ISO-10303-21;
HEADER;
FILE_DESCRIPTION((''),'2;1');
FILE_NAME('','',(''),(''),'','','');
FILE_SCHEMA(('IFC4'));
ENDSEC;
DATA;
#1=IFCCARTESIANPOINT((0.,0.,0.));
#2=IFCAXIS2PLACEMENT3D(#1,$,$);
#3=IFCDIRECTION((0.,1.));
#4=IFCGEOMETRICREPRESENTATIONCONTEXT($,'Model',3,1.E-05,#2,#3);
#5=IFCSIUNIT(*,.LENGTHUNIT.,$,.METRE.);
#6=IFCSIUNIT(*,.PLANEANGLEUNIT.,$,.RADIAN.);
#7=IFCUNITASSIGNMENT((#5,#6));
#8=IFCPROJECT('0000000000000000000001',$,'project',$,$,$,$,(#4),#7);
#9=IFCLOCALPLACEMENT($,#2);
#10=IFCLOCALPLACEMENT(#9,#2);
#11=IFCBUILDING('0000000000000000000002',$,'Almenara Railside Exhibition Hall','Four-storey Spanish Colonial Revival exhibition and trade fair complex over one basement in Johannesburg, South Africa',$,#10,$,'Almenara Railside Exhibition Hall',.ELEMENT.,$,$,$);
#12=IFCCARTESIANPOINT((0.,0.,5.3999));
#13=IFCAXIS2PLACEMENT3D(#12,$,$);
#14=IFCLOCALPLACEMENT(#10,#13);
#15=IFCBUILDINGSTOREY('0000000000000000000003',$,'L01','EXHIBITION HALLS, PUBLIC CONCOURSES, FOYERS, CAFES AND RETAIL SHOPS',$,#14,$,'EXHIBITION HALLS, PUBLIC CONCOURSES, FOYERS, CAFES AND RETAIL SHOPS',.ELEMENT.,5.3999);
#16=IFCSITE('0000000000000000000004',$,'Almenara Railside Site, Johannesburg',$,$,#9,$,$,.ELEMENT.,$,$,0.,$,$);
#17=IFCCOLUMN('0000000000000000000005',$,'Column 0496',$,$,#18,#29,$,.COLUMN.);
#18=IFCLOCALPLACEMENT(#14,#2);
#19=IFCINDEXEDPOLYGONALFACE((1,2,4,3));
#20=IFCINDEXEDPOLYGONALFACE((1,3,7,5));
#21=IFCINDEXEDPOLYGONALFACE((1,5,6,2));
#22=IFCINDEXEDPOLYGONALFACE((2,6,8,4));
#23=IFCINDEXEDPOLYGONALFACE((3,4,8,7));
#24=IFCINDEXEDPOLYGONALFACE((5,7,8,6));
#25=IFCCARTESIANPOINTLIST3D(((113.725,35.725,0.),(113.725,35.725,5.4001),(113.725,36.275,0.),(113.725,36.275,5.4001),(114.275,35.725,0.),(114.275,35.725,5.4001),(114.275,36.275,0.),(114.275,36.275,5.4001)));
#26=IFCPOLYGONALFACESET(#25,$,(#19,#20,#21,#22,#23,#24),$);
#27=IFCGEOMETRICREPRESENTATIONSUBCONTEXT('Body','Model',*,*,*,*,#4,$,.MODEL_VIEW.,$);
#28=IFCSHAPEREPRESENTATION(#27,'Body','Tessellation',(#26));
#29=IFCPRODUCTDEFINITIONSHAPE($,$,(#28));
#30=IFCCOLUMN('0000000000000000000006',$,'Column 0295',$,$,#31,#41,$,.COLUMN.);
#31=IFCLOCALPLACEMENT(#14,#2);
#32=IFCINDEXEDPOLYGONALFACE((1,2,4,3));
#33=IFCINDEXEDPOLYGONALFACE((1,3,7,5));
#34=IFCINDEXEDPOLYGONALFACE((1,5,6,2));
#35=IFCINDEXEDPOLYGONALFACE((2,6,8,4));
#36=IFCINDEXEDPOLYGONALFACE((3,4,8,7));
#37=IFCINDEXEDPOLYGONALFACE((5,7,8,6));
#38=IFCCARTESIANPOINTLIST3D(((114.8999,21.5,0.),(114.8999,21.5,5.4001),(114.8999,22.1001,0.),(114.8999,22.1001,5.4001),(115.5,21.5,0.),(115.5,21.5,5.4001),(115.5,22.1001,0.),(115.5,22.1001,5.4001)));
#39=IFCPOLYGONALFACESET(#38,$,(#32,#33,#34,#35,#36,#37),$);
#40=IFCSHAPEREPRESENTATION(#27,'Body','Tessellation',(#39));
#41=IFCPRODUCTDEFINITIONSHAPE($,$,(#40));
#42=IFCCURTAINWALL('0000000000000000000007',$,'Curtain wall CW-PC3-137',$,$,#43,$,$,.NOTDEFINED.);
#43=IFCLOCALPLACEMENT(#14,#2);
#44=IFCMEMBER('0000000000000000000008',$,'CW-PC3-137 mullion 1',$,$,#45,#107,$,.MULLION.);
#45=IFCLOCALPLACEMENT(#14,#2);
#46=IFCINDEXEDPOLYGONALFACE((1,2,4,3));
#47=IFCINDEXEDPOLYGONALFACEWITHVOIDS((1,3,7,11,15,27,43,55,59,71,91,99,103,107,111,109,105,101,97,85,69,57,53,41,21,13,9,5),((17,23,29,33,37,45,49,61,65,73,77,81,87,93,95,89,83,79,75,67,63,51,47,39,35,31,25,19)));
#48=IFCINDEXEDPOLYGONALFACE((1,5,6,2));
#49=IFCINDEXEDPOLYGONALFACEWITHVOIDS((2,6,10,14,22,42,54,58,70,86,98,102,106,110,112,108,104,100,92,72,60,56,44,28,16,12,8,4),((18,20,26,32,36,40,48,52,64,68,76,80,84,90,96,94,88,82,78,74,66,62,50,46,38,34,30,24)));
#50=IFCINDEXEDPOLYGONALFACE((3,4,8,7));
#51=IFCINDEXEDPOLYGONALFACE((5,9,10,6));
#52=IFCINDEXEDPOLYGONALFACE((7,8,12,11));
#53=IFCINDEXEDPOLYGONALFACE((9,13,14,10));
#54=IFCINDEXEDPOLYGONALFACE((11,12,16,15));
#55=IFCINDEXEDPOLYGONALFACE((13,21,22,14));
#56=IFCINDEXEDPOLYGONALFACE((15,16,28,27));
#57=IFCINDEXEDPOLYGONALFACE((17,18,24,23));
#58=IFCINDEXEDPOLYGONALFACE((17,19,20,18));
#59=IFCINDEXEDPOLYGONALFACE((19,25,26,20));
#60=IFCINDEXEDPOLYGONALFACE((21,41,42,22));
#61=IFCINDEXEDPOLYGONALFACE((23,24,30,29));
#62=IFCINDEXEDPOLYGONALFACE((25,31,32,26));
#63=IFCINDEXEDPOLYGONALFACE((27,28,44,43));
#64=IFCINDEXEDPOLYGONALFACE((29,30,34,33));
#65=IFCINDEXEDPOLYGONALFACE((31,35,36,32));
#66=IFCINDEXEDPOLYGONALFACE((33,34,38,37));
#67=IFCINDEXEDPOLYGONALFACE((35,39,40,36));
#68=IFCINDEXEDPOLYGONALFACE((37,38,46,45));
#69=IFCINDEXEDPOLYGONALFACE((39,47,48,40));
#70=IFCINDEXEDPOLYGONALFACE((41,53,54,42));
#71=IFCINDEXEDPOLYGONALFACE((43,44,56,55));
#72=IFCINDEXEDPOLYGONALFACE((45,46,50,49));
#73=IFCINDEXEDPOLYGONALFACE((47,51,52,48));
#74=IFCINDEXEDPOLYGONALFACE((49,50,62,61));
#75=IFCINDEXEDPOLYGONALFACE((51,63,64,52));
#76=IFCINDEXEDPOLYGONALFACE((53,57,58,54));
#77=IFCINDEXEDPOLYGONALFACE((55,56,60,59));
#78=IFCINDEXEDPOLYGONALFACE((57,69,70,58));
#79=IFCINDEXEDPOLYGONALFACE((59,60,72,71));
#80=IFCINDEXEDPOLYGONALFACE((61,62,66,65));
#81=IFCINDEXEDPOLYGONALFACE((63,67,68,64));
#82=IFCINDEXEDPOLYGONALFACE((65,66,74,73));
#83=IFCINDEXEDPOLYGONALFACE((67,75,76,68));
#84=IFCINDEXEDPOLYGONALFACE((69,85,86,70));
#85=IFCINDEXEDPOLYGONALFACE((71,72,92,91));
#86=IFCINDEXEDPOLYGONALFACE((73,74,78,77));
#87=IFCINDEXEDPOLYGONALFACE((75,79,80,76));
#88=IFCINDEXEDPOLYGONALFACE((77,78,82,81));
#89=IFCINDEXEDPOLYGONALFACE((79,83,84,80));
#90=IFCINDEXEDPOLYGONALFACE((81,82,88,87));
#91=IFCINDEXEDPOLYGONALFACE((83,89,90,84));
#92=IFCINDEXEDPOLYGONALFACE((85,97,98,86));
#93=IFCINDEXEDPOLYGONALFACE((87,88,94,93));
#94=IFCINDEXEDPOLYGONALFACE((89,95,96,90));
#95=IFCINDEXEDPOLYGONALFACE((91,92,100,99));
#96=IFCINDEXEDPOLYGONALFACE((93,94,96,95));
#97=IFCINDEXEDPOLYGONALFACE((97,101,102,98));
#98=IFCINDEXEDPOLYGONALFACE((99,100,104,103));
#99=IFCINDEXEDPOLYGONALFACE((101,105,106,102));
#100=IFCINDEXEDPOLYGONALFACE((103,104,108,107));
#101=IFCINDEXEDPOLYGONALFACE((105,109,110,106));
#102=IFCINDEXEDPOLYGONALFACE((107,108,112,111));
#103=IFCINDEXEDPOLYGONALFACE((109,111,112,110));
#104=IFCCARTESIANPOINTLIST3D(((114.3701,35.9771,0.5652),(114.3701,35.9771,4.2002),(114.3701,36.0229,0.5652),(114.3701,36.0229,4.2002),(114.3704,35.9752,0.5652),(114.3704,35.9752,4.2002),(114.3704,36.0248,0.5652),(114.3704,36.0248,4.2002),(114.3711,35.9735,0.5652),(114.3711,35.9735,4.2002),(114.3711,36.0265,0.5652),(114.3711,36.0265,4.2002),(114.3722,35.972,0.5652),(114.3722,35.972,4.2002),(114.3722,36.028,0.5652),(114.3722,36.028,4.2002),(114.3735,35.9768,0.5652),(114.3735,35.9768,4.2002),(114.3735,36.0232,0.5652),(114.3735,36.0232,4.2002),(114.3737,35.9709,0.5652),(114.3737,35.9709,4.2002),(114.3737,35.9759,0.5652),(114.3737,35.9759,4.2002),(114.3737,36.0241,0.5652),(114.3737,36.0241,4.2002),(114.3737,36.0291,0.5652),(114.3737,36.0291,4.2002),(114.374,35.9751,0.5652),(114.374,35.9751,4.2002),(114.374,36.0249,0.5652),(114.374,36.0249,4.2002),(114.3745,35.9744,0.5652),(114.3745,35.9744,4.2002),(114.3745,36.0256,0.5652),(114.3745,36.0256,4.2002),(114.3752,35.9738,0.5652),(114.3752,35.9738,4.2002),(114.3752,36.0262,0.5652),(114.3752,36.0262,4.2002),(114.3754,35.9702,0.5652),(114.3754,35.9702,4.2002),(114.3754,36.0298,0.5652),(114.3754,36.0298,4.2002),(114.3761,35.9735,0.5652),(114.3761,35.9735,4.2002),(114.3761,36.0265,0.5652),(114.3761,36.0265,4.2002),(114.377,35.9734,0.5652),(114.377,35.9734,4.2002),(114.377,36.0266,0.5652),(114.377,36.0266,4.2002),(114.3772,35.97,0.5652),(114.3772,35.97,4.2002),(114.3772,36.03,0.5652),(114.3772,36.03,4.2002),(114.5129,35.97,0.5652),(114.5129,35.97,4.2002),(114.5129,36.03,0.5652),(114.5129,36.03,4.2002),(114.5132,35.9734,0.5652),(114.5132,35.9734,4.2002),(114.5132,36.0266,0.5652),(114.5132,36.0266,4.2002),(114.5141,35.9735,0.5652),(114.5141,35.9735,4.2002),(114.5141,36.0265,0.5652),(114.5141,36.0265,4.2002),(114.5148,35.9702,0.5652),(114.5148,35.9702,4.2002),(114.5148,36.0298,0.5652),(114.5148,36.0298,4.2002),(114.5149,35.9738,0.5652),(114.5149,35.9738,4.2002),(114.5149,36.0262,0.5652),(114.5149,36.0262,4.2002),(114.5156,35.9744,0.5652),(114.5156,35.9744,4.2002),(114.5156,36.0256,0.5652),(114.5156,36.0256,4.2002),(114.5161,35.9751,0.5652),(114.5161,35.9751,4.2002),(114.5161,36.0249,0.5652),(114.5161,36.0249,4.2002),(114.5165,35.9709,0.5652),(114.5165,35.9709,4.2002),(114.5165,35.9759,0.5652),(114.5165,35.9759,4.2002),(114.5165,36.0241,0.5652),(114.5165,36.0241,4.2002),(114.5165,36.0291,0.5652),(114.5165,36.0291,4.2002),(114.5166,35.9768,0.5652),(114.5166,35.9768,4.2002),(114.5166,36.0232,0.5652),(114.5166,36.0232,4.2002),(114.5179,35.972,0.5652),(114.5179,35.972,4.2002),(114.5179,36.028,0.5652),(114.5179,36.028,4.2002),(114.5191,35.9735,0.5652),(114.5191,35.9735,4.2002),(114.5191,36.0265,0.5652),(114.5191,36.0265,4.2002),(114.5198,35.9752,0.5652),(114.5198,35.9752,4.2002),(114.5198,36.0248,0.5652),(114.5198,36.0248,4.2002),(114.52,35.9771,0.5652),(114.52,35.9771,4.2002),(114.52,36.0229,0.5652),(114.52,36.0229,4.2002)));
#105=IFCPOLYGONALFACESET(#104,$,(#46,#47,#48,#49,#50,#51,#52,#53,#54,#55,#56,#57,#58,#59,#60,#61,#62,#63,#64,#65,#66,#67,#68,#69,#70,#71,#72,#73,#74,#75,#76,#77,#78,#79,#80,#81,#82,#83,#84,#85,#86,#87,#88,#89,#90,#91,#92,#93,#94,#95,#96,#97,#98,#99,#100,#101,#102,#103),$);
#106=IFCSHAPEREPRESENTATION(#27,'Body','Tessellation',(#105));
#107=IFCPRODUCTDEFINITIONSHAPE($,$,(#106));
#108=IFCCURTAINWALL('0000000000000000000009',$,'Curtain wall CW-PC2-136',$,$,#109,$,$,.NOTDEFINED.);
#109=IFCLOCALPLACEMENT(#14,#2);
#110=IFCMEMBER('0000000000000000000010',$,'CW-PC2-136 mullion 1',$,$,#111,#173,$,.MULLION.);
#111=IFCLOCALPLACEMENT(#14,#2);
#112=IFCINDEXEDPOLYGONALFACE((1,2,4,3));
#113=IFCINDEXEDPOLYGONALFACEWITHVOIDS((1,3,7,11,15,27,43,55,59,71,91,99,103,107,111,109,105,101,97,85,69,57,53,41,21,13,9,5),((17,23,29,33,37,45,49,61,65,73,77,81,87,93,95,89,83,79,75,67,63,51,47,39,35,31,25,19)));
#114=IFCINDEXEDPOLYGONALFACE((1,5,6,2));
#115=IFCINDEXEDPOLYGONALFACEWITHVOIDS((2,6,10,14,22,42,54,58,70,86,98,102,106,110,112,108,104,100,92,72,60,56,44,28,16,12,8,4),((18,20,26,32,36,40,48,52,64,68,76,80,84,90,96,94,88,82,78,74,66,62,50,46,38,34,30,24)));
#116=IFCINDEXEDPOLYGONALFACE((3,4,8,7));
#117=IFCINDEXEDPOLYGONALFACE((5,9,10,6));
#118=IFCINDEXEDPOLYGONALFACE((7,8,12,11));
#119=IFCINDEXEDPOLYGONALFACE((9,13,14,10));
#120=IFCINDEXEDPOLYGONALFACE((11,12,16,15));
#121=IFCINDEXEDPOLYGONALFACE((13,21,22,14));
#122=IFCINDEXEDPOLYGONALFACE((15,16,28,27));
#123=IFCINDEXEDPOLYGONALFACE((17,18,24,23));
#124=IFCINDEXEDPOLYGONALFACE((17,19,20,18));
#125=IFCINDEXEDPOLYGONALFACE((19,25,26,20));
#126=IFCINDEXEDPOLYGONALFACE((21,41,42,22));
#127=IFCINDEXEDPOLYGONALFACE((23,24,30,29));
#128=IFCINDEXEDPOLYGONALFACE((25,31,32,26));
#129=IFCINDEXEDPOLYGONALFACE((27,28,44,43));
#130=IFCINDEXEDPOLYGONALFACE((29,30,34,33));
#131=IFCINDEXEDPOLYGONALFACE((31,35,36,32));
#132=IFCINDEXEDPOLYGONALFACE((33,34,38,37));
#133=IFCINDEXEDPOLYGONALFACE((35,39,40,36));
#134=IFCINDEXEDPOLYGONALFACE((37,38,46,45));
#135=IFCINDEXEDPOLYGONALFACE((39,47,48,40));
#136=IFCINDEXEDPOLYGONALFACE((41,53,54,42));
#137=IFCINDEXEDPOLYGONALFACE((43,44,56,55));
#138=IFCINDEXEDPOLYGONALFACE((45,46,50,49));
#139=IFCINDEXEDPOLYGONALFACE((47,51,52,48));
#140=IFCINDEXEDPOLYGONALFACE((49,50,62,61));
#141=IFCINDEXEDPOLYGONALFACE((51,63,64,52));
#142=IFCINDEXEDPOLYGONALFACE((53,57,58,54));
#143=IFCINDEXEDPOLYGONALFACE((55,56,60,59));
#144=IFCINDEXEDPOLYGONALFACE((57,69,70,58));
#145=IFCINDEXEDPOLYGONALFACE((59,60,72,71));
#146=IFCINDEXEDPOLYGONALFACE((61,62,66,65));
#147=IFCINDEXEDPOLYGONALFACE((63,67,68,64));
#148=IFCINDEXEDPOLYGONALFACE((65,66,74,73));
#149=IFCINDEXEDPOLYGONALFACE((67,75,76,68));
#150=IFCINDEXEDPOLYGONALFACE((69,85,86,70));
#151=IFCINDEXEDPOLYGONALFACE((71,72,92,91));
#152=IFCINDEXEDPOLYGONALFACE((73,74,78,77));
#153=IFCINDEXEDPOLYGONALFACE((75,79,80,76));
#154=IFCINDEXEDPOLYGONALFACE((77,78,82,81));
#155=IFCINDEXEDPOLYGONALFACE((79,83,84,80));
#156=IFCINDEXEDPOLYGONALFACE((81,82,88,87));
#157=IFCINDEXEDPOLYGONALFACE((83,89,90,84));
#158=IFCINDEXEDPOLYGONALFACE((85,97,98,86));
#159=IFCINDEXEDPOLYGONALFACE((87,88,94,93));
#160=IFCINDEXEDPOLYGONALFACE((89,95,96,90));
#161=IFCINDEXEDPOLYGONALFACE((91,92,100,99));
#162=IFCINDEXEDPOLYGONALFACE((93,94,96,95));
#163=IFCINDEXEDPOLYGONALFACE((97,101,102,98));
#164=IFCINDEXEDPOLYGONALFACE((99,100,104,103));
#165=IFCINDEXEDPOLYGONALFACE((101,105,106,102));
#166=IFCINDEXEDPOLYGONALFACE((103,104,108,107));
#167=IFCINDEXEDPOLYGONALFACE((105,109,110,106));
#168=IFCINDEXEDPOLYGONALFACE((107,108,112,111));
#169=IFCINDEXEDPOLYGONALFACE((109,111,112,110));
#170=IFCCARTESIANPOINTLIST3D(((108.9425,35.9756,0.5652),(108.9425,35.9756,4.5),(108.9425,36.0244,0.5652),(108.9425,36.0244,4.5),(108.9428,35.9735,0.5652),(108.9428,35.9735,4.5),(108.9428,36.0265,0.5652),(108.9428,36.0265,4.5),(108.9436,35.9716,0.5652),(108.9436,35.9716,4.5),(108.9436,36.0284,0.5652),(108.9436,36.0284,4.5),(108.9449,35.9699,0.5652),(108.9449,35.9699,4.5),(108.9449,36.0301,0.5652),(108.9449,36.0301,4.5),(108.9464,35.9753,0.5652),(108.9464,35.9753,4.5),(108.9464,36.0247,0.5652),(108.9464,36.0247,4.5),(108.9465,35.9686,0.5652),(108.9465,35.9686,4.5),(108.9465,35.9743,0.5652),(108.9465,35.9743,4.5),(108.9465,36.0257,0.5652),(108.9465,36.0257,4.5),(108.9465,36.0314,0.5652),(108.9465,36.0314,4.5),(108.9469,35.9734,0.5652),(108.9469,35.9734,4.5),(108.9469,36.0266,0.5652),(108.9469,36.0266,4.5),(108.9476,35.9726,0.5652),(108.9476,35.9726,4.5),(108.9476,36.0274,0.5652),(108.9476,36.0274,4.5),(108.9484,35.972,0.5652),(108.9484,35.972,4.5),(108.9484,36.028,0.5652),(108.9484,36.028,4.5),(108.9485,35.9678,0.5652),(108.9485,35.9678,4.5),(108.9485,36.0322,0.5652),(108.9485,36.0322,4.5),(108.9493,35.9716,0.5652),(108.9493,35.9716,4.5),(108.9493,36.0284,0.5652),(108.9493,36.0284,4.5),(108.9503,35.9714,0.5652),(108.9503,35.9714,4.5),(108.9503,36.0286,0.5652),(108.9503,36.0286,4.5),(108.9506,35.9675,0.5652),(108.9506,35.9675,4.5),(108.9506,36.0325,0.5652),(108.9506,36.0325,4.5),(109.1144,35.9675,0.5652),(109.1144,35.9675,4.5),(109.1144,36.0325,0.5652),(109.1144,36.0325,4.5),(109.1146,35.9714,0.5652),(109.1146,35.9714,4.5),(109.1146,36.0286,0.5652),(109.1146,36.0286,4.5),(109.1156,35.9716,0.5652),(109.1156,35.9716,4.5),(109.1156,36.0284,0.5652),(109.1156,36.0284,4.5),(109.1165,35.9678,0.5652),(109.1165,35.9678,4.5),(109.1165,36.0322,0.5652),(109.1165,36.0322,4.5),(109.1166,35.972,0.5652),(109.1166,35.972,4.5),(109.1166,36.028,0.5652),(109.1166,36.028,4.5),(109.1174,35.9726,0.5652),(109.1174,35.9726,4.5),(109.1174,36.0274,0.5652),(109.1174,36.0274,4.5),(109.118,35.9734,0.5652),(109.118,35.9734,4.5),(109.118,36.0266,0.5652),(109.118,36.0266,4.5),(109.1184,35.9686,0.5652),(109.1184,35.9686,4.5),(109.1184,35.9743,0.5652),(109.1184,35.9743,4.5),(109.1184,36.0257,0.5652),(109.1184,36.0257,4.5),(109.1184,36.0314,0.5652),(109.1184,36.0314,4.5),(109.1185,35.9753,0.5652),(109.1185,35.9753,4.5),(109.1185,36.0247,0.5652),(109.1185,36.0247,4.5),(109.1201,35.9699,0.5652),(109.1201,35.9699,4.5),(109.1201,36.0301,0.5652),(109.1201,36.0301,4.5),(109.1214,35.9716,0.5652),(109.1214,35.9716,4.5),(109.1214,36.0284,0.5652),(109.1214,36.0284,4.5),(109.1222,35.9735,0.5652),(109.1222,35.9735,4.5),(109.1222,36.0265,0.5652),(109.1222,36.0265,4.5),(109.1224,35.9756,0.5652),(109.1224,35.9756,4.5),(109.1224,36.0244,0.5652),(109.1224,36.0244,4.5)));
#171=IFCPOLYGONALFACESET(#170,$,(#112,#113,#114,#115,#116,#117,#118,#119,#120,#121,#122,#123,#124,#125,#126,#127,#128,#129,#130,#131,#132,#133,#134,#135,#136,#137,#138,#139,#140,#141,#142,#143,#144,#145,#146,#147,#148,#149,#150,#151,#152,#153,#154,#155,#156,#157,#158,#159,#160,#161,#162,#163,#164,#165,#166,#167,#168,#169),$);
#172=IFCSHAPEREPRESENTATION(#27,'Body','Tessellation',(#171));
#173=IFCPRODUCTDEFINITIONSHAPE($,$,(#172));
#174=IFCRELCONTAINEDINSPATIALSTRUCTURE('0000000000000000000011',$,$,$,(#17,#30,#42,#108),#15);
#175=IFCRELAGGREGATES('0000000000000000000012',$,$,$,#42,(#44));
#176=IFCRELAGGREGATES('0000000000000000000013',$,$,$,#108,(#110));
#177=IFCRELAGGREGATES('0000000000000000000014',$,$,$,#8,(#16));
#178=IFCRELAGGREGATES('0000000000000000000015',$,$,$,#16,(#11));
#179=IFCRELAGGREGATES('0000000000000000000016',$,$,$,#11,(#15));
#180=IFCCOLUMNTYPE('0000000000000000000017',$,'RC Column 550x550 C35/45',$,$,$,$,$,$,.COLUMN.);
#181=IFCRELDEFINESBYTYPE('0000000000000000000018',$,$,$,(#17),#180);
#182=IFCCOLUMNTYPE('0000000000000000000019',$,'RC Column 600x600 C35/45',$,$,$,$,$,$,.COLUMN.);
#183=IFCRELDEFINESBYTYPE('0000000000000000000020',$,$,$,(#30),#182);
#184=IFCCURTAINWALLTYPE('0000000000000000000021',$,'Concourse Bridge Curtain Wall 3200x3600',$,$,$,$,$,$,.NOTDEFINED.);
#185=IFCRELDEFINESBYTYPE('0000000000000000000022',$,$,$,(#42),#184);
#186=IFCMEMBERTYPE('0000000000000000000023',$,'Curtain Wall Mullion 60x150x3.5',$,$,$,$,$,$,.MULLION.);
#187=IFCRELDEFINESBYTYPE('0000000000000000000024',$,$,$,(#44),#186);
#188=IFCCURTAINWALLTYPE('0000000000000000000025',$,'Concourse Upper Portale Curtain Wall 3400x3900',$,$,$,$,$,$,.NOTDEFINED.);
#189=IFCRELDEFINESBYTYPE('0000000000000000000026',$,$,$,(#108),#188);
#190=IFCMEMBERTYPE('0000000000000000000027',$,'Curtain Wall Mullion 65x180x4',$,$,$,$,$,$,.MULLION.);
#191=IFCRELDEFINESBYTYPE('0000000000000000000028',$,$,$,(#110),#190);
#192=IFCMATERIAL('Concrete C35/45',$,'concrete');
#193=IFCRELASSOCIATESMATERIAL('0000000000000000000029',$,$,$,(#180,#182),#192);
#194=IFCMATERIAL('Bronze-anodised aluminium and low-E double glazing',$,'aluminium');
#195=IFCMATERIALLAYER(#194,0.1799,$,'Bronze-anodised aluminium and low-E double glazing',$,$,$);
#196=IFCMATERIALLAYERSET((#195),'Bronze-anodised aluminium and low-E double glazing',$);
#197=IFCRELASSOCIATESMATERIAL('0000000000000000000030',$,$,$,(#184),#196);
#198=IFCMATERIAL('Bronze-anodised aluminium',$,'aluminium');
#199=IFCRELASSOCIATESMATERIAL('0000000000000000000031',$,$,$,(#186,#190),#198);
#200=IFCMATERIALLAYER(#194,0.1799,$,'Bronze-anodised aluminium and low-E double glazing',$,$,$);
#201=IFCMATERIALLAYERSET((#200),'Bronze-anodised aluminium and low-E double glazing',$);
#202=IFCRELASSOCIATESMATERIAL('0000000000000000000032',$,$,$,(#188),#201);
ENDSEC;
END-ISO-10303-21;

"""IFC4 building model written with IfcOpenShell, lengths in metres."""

from ifc_helpers import new_model, si_unit, direction, frame, origin, origin_2d, place, context, subcontext, project, spatial, rectangle, hollow_rectangle, extrude, material, layer, layer_set, material_profile, profile_set, type_object, element, aggregate, save


model = new_model("IFC4")

# Units and contexts
model_context = context("Model", 3, precision=1e-05, world=origin(), true_north=direction((0.0, 1.0)))
body_context = subcontext(model_context, "Body", "Model", "MODEL_VIEW")
ifc_project = project(units=[si_unit("LENGTHUNIT", "METRE"), si_unit("PLANEANGLEUNIT", "RADIAN")], contexts=[model_context])

# Site, building, storey
site_placement = place(None, origin())
site = spatial("IfcSite", under=ifc_project, at=site_placement, Name="Almenara Railside Site, Johannesburg", CompositionType="ELEMENT", RefElevation=0.0)
building_placement = place(site_placement, origin())
building = spatial("IfcBuilding", under=site, at=building_placement, Name="Almenara Railside Exhibition Hall", Description="Four-storey Spanish Colonial Revival exhibition and trade fair complex over one basement in Johannesburg, South Africa", LongName="Almenara Railside Exhibition Hall", CompositionType="ELEMENT")
storey_placement = place(building_placement, frame((0.0, 0.0, 5.3999)))
storey = spatial("IfcBuildingStorey", under=building, at=storey_placement, Name="L01", Description="EXHIBITION HALLS, PUBLIC CONCOURSES, FOYERS, CAFES AND RETAIL SHOPS", LongName="EXHIBITION HALLS, PUBLIC CONCOURSES, FOYERS, CAFES AND RETAIL SHOPS", CompositionType="ELEMENT", Elevation=5.3999)

# Columns
ifc_material_1 = material(Name="Concrete C35/45", Category="concrete")
ifc_material_profile_1 = material_profile(ifc_material_1, rectangle(XDim=0.55, YDim=0.55, at=origin_2d()), Name="RC 550x550")
ifc_profile_set_1 = profile_set([ifc_material_profile_1], Name="Concrete C35/45")
column_type_1 = type_object("IfcColumnType", Name="RC Column 550x550 C35/45", PredefinedType="COLUMN", material=ifc_profile_set_1)
column_1_placement = place(storey_placement, frame((114.0, 36.0, 0.0), z_axis=(0.0, 0.0, 1.0), x_axis=(1.0, 0.0, 0.0)))
element("IfcColumn", 1, at=column_1_placement, inside=storey, type_object=column_type_1, Name="Column 0496", PredefinedType="COLUMN", context=body_context, shape_type="SweptSolid", body=[
    extrude(rectangle(XDim=0.55, YDim=0.55, at=origin_2d()), origin(), (0.0, 0.0, 1.0), 5.4001),
])
ifc_material_profile_2 = material_profile(ifc_material_1, rectangle(XDim=0.6001, YDim=0.6001, at=origin_2d()), Name="RC 600x600")
ifc_profile_set_2 = profile_set([ifc_material_profile_2], Name="Concrete C35/45")
column_type_2 = type_object("IfcColumnType", Name="RC Column 600x600 C35/45", PredefinedType="COLUMN", material=ifc_profile_set_2)
column_2_placement = place(storey_placement, frame((115.2, 21.8, 0.0), z_axis=(0.0, 0.0, 1.0), x_axis=(1.0, 0.0, 0.0)))
element("IfcColumn", 2, at=column_2_placement, inside=storey, type_object=column_type_2, Name="Column 0295", PredefinedType="COLUMN", context=body_context, shape_type="SweptSolid", body=[
    extrude(rectangle(XDim=0.6001, YDim=0.6001, at=origin_2d()), origin(), (0.0, 0.0, 1.0), 5.4001),
])

# Curtain wall, member
ifc_material_2 = material(Name="Bronze-anodised aluminium and low-E double glazing", Category="aluminium")
ifc_layer_1 = layer(ifc_material_2, 0.1799, Name="Bronze-anodised aluminium and low-E double glazing")
ifc_layer_set_1 = layer_set([ifc_layer_1], Name="Bronze-anodised aluminium and low-E double glazing")
curtain_wall_type_1 = type_object("IfcCurtainWallType", Name="Concourse Bridge Curtain Wall 3200x3600", PredefinedType="NOTDEFINED", material=ifc_layer_set_1)
curtain_wall_1_placement = place(storey_placement, origin())
curtain_wall_1 = element("IfcCurtainWall", 3, at=curtain_wall_1_placement, inside=storey, type_object=curtain_wall_type_1, Name="Curtain wall CW-PC3-137", PredefinedType="NOTDEFINED")
ifc_material_3 = material(Name="Bronze-anodised aluminium", Category="aluminium")
ifc_material_profile_3 = material_profile(ifc_material_3, hollow_rectangle(XDim=0.0601, YDim=0.1499, WallThickness=0.0034, InnerFilletRadius=0.0034, OuterFilletRadius=0.0071, at=origin_2d()), Name="ALU-MUL 60x150x3.5")
ifc_profile_set_3 = profile_set([ifc_material_profile_3], Name="Bronze-anodised aluminium")
member_type_1 = type_object("IfcMemberType", Name="Curtain Wall Mullion 60x150x3.5", PredefinedType="MULLION", material=ifc_profile_set_3)
member_1_placement = place(storey_placement, frame((114.4451, 36.0, 0.5652), z_axis=(0.0, 0.0, 1.0), x_axis=(0.0, 1.0, 0.0)))
member_1 = element("IfcMember", 4, at=member_1_placement, type_object=member_type_1, Name="CW-PC3-137 mullion 1", PredefinedType="MULLION", context=body_context, shape_type="SweptSolid", body=[
    extrude(hollow_rectangle(XDim=0.0601, YDim=0.1499, WallThickness=0.0034, InnerFilletRadius=0.0034, OuterFilletRadius=0.0071, at=origin_2d()), origin(), (0.0, 0.0, 1.0), 3.635),
])

# Curtain wall, member
ifc_layer_2 = layer(ifc_material_2, 0.1799, Name="Bronze-anodised aluminium and low-E double glazing")
ifc_layer_set_2 = layer_set([ifc_layer_2], Name="Bronze-anodised aluminium and low-E double glazing")
curtain_wall_type_2 = type_object("IfcCurtainWallType", Name="Concourse Upper Portale Curtain Wall 3400x3900", PredefinedType="NOTDEFINED", material=ifc_layer_set_2)
curtain_wall_2_placement = place(storey_placement, origin())
curtain_wall_2 = element("IfcCurtainWall", 5, at=curtain_wall_2_placement, inside=storey, type_object=curtain_wall_type_2, Name="Curtain wall CW-PC2-136", PredefinedType="NOTDEFINED")
ifc_material_profile_4 = material_profile(ifc_material_3, hollow_rectangle(XDim=0.0649, YDim=0.1799, WallThickness=0.0039, InnerFilletRadius=0.0039, OuterFilletRadius=0.0081, at=origin_2d()), Name="ALU-MUL 65x180x4")
ifc_profile_set_4 = profile_set([ifc_material_profile_4], Name="Bronze-anodised aluminium")
member_type_2 = type_object("IfcMemberType", Name="Curtain Wall Mullion 65x180x4", PredefinedType="MULLION", material=ifc_profile_set_4)
member_2_placement = place(storey_placement, frame((109.0325, 36.0, 0.5652), z_axis=(0.0, 0.0, 1.0), x_axis=(0.0, 1.0, 0.0)))
member_2 = element("IfcMember", 6, at=member_2_placement, type_object=member_type_2, Name="CW-PC2-136 mullion 1", PredefinedType="MULLION", context=body_context, shape_type="SweptSolid", body=[
    extrude(hollow_rectangle(XDim=0.0649, YDim=0.1799, WallThickness=0.0039, InnerFilletRadius=0.0039, OuterFilletRadius=0.0081, at=origin_2d()), origin(), (0.0, 0.0, 1.0), 3.9348),
])

aggregate(curtain_wall_1, [member_1])

aggregate(curtain_wall_2, [member_2])

save(model, "model.ifc")
